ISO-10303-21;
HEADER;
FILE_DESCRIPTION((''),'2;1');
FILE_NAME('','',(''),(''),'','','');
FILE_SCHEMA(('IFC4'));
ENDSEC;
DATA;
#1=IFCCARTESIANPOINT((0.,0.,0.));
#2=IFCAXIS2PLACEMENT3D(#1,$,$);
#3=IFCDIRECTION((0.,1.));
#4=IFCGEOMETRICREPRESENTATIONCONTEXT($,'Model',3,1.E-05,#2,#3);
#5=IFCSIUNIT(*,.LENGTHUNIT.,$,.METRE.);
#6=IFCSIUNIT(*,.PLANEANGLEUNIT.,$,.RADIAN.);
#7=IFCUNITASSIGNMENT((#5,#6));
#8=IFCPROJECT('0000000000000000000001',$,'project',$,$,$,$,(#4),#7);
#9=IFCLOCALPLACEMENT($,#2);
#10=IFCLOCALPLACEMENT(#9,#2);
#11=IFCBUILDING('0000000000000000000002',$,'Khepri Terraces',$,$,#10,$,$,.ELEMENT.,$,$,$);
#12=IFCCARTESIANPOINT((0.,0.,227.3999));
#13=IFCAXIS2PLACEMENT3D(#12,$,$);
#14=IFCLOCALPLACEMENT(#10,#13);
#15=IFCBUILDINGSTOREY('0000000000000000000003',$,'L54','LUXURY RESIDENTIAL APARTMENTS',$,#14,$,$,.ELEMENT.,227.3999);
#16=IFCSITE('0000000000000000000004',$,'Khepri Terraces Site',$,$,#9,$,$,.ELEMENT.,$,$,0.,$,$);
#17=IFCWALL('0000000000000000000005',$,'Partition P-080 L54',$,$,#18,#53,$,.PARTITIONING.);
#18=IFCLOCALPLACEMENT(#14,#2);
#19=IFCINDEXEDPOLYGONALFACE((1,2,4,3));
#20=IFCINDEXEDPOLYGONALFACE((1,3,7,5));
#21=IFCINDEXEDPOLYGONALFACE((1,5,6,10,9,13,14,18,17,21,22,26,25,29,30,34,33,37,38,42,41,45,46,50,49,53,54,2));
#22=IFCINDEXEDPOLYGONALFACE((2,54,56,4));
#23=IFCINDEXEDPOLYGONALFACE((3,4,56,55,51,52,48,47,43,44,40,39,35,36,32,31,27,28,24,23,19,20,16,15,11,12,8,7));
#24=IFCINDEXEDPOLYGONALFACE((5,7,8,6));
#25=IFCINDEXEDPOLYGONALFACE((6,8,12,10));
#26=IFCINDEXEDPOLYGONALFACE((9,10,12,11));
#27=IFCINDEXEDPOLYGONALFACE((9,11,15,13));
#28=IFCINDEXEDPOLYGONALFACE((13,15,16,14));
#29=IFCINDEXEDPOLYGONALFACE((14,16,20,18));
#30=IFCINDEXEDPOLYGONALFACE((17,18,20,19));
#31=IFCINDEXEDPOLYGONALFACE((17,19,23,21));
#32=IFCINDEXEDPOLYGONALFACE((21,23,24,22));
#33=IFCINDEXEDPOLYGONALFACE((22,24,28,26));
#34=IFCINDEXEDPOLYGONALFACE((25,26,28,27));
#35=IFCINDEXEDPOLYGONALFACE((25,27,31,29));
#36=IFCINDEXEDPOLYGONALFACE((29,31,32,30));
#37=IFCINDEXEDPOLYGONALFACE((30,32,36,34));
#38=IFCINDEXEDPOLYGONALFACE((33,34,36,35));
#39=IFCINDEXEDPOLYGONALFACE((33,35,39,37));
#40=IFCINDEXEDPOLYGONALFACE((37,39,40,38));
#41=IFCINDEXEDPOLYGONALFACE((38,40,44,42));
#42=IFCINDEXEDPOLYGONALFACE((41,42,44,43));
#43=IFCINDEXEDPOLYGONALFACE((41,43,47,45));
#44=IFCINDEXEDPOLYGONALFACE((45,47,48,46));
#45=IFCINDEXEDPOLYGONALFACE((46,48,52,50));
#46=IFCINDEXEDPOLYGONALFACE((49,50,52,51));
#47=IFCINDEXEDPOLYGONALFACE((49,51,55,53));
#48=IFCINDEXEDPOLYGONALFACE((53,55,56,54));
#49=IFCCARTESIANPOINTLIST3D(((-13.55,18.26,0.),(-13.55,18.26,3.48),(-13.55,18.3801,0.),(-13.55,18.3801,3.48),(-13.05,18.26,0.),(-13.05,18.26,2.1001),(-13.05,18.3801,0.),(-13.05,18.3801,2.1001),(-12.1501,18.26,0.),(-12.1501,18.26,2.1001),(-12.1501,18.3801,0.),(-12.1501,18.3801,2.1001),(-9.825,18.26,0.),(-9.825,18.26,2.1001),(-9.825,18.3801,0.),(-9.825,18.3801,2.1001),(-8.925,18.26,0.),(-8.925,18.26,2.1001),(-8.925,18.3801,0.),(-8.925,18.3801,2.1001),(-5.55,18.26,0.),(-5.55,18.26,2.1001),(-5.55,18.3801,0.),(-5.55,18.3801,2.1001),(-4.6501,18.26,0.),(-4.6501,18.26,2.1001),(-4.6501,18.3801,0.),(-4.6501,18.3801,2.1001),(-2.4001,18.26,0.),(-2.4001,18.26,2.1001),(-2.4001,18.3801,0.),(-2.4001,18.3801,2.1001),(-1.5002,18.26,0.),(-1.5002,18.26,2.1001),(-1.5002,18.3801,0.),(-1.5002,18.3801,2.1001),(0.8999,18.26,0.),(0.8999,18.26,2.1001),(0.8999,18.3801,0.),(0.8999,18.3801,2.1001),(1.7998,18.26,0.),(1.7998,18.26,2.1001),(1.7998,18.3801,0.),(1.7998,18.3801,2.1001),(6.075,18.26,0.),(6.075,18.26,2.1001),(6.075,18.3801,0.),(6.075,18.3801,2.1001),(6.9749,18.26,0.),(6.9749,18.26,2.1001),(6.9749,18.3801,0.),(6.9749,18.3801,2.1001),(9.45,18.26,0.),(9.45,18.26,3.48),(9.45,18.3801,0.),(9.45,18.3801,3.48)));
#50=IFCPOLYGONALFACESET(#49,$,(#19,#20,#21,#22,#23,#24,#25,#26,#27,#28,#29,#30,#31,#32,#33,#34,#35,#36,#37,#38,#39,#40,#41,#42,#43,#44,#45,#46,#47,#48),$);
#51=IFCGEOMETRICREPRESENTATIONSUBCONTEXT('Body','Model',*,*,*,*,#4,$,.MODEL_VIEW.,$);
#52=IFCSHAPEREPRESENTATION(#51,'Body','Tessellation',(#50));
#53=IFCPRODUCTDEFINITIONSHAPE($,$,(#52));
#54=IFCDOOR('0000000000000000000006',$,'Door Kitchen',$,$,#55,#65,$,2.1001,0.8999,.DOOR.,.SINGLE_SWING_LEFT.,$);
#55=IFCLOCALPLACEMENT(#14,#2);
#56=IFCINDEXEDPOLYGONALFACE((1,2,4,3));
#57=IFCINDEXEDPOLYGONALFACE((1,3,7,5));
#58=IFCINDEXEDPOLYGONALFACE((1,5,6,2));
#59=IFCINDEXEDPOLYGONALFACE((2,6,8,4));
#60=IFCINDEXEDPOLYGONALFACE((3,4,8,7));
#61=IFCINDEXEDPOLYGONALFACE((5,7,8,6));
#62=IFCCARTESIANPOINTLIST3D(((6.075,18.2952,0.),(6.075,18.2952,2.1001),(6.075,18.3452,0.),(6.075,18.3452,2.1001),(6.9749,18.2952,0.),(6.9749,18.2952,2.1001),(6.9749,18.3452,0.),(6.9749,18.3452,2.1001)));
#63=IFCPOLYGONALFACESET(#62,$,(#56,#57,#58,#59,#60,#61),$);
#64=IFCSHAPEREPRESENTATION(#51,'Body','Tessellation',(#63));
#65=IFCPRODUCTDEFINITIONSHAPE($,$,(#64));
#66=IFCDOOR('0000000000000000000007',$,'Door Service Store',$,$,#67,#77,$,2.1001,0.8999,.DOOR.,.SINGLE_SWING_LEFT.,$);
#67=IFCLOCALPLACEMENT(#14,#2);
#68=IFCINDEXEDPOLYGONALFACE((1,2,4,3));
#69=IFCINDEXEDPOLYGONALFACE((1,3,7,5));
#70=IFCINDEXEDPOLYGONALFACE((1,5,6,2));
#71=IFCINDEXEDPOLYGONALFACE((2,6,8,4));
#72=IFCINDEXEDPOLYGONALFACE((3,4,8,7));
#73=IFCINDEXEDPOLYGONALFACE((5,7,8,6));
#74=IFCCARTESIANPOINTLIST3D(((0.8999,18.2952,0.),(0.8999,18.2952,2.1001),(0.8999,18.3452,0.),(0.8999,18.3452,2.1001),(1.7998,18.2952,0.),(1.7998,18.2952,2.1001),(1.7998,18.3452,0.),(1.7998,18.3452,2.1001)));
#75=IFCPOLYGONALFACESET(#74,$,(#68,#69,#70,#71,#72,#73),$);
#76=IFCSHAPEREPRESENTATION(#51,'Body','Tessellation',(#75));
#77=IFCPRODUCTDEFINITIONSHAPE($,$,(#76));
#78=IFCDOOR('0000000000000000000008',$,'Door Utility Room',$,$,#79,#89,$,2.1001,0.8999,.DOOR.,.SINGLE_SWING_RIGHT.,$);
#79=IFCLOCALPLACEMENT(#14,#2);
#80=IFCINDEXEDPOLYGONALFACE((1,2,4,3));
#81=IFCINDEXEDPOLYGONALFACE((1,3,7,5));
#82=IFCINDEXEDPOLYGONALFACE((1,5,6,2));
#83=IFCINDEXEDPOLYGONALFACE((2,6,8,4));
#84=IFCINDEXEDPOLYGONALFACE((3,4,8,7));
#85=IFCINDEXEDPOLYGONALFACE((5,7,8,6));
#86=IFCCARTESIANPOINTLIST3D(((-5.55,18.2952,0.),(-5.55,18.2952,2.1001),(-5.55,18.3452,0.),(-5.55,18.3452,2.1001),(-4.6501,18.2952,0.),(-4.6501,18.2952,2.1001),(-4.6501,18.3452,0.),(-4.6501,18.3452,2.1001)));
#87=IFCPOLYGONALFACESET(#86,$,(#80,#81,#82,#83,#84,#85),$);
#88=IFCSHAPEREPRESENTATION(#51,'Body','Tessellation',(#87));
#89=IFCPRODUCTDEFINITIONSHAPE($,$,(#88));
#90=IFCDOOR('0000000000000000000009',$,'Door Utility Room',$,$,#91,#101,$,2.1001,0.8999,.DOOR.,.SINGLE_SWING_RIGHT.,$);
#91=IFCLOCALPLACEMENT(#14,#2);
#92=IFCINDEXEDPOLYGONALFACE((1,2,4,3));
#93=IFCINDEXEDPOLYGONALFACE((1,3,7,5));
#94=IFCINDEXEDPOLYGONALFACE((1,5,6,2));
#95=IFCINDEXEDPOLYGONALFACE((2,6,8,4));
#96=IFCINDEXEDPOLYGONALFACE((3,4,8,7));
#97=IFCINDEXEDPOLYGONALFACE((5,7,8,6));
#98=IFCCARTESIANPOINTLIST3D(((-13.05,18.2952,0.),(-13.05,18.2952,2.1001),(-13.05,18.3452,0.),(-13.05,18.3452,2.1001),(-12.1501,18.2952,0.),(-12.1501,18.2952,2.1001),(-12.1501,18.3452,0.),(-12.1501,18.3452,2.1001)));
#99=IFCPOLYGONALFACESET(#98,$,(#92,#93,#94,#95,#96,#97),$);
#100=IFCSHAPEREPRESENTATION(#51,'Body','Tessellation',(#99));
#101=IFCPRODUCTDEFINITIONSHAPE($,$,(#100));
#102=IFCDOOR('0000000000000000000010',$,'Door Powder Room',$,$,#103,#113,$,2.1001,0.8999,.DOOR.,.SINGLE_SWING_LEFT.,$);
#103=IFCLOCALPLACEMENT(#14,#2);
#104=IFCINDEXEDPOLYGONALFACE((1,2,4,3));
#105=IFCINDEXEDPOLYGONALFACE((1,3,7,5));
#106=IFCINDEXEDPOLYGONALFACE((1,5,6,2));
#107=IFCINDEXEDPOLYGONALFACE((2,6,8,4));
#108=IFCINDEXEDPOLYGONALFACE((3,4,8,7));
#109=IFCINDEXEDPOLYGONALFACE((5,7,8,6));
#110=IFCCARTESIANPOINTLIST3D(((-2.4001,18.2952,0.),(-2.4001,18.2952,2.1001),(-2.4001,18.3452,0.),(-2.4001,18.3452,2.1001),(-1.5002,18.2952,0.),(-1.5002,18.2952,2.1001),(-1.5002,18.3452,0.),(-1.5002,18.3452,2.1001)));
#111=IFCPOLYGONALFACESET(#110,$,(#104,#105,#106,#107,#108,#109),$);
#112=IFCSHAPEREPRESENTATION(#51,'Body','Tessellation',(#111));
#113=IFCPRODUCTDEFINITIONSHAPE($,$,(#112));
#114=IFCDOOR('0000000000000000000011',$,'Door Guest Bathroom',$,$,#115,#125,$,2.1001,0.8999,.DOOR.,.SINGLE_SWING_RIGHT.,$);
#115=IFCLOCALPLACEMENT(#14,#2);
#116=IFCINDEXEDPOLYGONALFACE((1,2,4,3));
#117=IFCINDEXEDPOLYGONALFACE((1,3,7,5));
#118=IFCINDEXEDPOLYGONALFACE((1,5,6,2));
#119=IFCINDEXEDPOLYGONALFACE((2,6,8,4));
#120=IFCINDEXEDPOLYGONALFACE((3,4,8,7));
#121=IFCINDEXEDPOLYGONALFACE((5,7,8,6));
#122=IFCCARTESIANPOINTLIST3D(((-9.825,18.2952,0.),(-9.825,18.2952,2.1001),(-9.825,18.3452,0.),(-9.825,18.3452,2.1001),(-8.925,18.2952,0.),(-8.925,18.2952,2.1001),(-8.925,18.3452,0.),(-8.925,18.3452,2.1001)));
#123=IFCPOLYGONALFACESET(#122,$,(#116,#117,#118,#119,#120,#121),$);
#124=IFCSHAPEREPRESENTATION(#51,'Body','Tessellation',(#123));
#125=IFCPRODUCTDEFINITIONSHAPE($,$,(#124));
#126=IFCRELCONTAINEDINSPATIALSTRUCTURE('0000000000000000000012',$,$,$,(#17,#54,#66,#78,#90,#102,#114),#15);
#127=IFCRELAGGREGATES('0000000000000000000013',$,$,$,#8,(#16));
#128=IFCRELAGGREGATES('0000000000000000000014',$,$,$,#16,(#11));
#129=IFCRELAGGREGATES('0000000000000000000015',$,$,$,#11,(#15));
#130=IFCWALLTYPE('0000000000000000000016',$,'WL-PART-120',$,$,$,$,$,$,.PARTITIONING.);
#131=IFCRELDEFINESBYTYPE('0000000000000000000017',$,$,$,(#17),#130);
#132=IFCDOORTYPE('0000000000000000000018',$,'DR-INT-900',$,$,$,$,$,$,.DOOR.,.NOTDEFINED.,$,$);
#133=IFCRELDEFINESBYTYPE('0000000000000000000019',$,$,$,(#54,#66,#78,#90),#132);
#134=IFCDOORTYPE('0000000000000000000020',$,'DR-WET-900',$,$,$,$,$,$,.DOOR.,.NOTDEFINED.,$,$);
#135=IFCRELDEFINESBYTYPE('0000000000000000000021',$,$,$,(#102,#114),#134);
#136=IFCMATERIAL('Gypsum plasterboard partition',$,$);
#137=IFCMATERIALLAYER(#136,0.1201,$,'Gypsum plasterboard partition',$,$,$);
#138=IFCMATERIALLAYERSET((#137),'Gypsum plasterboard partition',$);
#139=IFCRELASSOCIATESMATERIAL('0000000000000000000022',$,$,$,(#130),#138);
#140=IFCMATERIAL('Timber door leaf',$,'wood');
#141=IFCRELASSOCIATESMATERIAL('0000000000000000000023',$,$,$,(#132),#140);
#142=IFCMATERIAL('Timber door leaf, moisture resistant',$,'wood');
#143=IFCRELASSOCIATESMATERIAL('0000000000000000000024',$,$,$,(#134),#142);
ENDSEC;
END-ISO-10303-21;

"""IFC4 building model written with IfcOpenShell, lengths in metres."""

from ifc_helpers import new_model, si_unit, direction, frame, frame_2d, origin, place, context, subcontext, project, spatial, rectangle, extrude, material, layer, layer_set, type_object, element, fill, save


model = new_model("IFC4")

# Units and contexts
model_context = context("Model", 3, precision=1e-05, world=origin(), true_north=direction((0.0, 1.0)))
body_context = subcontext(model_context, "Body", "Model", "MODEL_VIEW")
ifc_project = project(units=[si_unit("LENGTHUNIT", "METRE"), si_unit("PLANEANGLEUNIT", "RADIAN")], contexts=[model_context])

# Site, building, storey
site_placement = place(None, origin())
site = spatial("IfcSite", under=ifc_project, at=site_placement, Name="Khepri Terraces Site", CompositionType="ELEMENT", RefElevation=0.0)
building_placement = place(site_placement, origin())
building = spatial("IfcBuilding", under=site, at=building_placement, Name="Khepri Terraces", CompositionType="ELEMENT")
storey_placement = place(building_placement, frame((0.0, 0.0, 227.3999)))
storey = spatial("IfcBuildingStorey", under=building, at=storey_placement, Name="L54", Description="LUXURY RESIDENTIAL APARTMENTS", CompositionType="ELEMENT", Elevation=227.3999)

# Shared definitions
ifc_material_1 = material(Name="Gypsum plasterboard partition")
ifc_layer_1 = layer(ifc_material_1, 0.1201, Name="Gypsum plasterboard partition")
ifc_layer_set_1 = layer_set([ifc_layer_1], Name="Gypsum plasterboard partition")
wall_type_1 = type_object("IfcWallType", Name="WL-PART-120", PredefinedType="PARTITIONING", material=ifc_layer_set_1)
ifc_material_2 = material(Name="Timber door leaf", Category="wood")
door_type_1 = type_object("IfcDoorType", Name="DR-INT-900", OperationType="NOTDEFINED", PredefinedType="DOOR", material=ifc_material_2)

# Wall, openings, doors
wall_1_placement = place(storey_placement, frame((-13.55, 18.3201, 0.0), z_axis=(0.0, 0.0, 1.0), x_axis=(1.0, 0.0, 0.0)))
wall_1 = element("IfcWall", 1, at=wall_1_placement, inside=storey, type_object=wall_type_1, Name="Partition P-080 L54", PredefinedType="PARTITIONING", context=body_context, shape_type="SweptSolid", body=[
    extrude(rectangle(XDim=23.0, YDim=0.1201, at=frame_2d((11.5, 0.0))), origin(), (0.0, 0.0, 1.0), 3.48),
])
opening_1_placement = place(wall_1_placement, frame((19.625, 0.0, 0.0)))
opening_1 = element("IfcOpeningElement", 2, at=opening_1_placement, cuts=wall_1, PredefinedType="OPENING", context=body_context, shape_type="SweptSolid", body=[
    extrude(rectangle(XDim=0.8999, YDim=2.1001, at=frame_2d((0.45, 1.05))), frame((0.0, 0.0701, 0.0), z_axis=(0.0, -1.0, 0.0), x_axis=(1.0, 0.0, 0.0)), (0.0, 0.0, 1.0), 0.1401),
])
opening_2_placement = place(wall_1_placement, frame((14.45, 0.0, 0.0)))
opening_2 = element("IfcOpeningElement", 3, at=opening_2_placement, cuts=wall_1, PredefinedType="OPENING", context=body_context, shape_type="SweptSolid", body=[
    extrude(rectangle(XDim=0.8999, YDim=2.1001, at=frame_2d((0.45, 1.05))), frame((0.0, 0.0701, 0.0), z_axis=(0.0, -1.0, 0.0), x_axis=(1.0, 0.0, 0.0)), (0.0, 0.0, 1.0), 0.1401),
])
opening_3_placement = place(wall_1_placement, frame((11.1499, 0.0, 0.0)))
opening_3 = element("IfcOpeningElement", 4, at=opening_3_placement, cuts=wall_1, PredefinedType="OPENING", context=body_context, shape_type="SweptSolid", body=[
    extrude(rectangle(XDim=0.8999, YDim=2.1001, at=frame_2d((0.45, 1.05))), frame((0.0, 0.0701, 0.0), z_axis=(0.0, -1.0, 0.0), x_axis=(1.0, 0.0, 0.0)), (0.0, 0.0, 1.0), 0.1401),
])
opening_4_placement = place(wall_1_placement, frame((8.0, 0.0, 0.0)))
opening_4 = element("IfcOpeningElement", 5, at=opening_4_placement, cuts=wall_1, PredefinedType="OPENING", context=body_context, shape_type="SweptSolid", body=[
    extrude(rectangle(XDim=0.8999, YDim=2.1001, at=frame_2d((0.45, 1.05))), frame((0.0, 0.0701, 0.0), z_axis=(0.0, -1.0, 0.0), x_axis=(1.0, 0.0, 0.0)), (0.0, 0.0, 1.0), 0.1401),
])
opening_5_placement = place(wall_1_placement, frame((3.7251, 0.0, 0.0)))
opening_5 = element("IfcOpeningElement", 6, at=opening_5_placement, cuts=wall_1, PredefinedType="OPENING", context=body_context, shape_type="SweptSolid", body=[
    extrude(rectangle(XDim=0.8999, YDim=2.1001, at=frame_2d((0.45, 1.05))), frame((0.0, 0.0701, 0.0), z_axis=(0.0, -1.0, 0.0), x_axis=(1.0, 0.0, 0.0)), (0.0, 0.0, 1.0), 0.1401),
])
opening_6_placement = place(wall_1_placement, frame((0.5, 0.0, 0.0)))
opening_6 = element("IfcOpeningElement", 7, at=opening_6_placement, cuts=wall_1, PredefinedType="OPENING", context=body_context, shape_type="SweptSolid", body=[
    extrude(rectangle(XDim=0.8999, YDim=2.1001, at=frame_2d((0.45, 1.05))), frame((0.0, 0.0701, 0.0), z_axis=(0.0, -1.0, 0.0), x_axis=(1.0, 0.0, 0.0)), (0.0, 0.0, 1.0), 0.1401),
])
door_1_placement = place(opening_1_placement, frame((0.8999, 0.0, 0.0), z_axis=(0.0, 0.0, 1.0), x_axis=(-1.0, 0.0, 0.0)))
door_1 = element("IfcDoor", 8, at=door_1_placement, inside=storey, type_object=door_type_1, Name="Door Kitchen", OperationType="SINGLE_SWING_LEFT", OverallHeight=2.1001, OverallWidth=0.8999, PredefinedType="DOOR", context=body_context, shape_type="SweptSolid", body=[
    extrude(rectangle(XDim=0.8999, YDim=2.1001, at=frame_2d((0.45, 1.05))), frame((0.0, 0.0249, 0.0), z_axis=(0.0, -1.0, 0.0), x_axis=(1.0, 0.0, 0.0)), (0.0, 0.0, 1.0), 0.05),
])
fill(opening_1, door_1)
door_2_placement = place(opening_2_placement, frame((0.8999, 0.0, 0.0), z_axis=(0.0, 0.0, 1.0), x_axis=(-1.0, 0.0, 0.0)))
door_2 = element("IfcDoor", 9, at=door_2_placement, inside=storey, type_object=door_type_1, Name="Door Service Store", OperationType="SINGLE_SWING_LEFT", OverallHeight=2.1001, OverallWidth=0.8999, PredefinedType="DOOR", context=body_context, shape_type="SweptSolid", body=[
    extrude(rectangle(XDim=0.8999, YDim=2.1001, at=frame_2d((0.45, 1.05))), frame((0.0, 0.0249, 0.0), z_axis=(0.0, -1.0, 0.0), x_axis=(1.0, 0.0, 0.0)), (0.0, 0.0, 1.0), 0.05),
])
fill(opening_2, door_2)
door_3_placement = place(opening_4_placement, frame((0.8999, 0.0, 0.0), z_axis=(0.0, 0.0, 1.0), x_axis=(-1.0, 0.0, 0.0)))
door_3 = element("IfcDoor", 10, at=door_3_placement, inside=storey, type_object=door_type_1, Name="Door Utility Room", OperationType="SINGLE_SWING_RIGHT", OverallHeight=2.1001, OverallWidth=0.8999, PredefinedType="DOOR", context=body_context, shape_type="SweptSolid", body=[
    extrude(rectangle(XDim=0.8999, YDim=2.1001, at=frame_2d((0.45, 1.05))), frame((0.0, 0.0249, 0.0), z_axis=(0.0, -1.0, 0.0), x_axis=(1.0, 0.0, 0.0)), (0.0, 0.0, 1.0), 0.05),
])
fill(opening_4, door_3)
door_4_placement = place(opening_6_placement, frame((0.8999, 0.0, 0.0), z_axis=(0.0, 0.0, 1.0), x_axis=(-1.0, 0.0, 0.0)))
door_4 = element("IfcDoor", 11, at=door_4_placement, inside=storey, type_object=door_type_1, Name="Door Utility Room", OperationType="SINGLE_SWING_RIGHT", OverallHeight=2.1001, OverallWidth=0.8999, PredefinedType="DOOR", context=body_context, shape_type="SweptSolid", body=[
    extrude(rectangle(XDim=0.8999, YDim=2.1001, at=frame_2d((0.45, 1.05))), frame((0.0, 0.0249, 0.0), z_axis=(0.0, -1.0, 0.0), x_axis=(1.0, 0.0, 0.0)), (0.0, 0.0, 1.0), 0.05),
])
fill(opening_6, door_4)
ifc_material_3 = material(Name="Timber door leaf, moisture resistant", Category="wood")
door_type_2 = type_object("IfcDoorType", Name="DR-WET-900", OperationType="NOTDEFINED", PredefinedType="DOOR", material=ifc_material_3)
door_5_placement = place(opening_3_placement, frame((0.8999, 0.0, 0.0), z_axis=(0.0, 0.0, 1.0), x_axis=(-1.0, 0.0, 0.0)))
door_5 = element("IfcDoor", 12, at=door_5_placement, inside=storey, type_object=door_type_2, Name="Door Powder Room", OperationType="SINGLE_SWING_LEFT", OverallHeight=2.1001, OverallWidth=0.8999, PredefinedType="DOOR", context=body_context, shape_type="SweptSolid", body=[
    extrude(rectangle(XDim=0.8999, YDim=2.1001, at=frame_2d((0.45, 1.05))), frame((0.0, 0.0249, 0.0), z_axis=(0.0, -1.0, 0.0), x_axis=(1.0, 0.0, 0.0)), (0.0, 0.0, 1.0), 0.05),
])
fill(opening_3, door_5)
door_6_placement = place(opening_5_placement, frame((0.8999, 0.0, 0.0), z_axis=(0.0, 0.0, 1.0), x_axis=(-1.0, 0.0, 0.0)))
door_6 = element("IfcDoor", 13, at=door_6_placement, inside=storey, type_object=door_type_2, Name="Door Guest Bathroom", OperationType="SINGLE_SWING_RIGHT", OverallHeight=2.1001, OverallWidth=0.8999, PredefinedType="DOOR", context=body_context, shape_type="SweptSolid", body=[
    extrude(rectangle(XDim=0.8999, YDim=2.1001, at=frame_2d((0.45, 1.05))), frame((0.0, 0.0249, 0.0), z_axis=(0.0, -1.0, 0.0), x_axis=(1.0, 0.0, 0.0)), (0.0, 0.0, 1.0), 0.05),
])
fill(opening_5, door_6)

save(model, "model.ifc")
